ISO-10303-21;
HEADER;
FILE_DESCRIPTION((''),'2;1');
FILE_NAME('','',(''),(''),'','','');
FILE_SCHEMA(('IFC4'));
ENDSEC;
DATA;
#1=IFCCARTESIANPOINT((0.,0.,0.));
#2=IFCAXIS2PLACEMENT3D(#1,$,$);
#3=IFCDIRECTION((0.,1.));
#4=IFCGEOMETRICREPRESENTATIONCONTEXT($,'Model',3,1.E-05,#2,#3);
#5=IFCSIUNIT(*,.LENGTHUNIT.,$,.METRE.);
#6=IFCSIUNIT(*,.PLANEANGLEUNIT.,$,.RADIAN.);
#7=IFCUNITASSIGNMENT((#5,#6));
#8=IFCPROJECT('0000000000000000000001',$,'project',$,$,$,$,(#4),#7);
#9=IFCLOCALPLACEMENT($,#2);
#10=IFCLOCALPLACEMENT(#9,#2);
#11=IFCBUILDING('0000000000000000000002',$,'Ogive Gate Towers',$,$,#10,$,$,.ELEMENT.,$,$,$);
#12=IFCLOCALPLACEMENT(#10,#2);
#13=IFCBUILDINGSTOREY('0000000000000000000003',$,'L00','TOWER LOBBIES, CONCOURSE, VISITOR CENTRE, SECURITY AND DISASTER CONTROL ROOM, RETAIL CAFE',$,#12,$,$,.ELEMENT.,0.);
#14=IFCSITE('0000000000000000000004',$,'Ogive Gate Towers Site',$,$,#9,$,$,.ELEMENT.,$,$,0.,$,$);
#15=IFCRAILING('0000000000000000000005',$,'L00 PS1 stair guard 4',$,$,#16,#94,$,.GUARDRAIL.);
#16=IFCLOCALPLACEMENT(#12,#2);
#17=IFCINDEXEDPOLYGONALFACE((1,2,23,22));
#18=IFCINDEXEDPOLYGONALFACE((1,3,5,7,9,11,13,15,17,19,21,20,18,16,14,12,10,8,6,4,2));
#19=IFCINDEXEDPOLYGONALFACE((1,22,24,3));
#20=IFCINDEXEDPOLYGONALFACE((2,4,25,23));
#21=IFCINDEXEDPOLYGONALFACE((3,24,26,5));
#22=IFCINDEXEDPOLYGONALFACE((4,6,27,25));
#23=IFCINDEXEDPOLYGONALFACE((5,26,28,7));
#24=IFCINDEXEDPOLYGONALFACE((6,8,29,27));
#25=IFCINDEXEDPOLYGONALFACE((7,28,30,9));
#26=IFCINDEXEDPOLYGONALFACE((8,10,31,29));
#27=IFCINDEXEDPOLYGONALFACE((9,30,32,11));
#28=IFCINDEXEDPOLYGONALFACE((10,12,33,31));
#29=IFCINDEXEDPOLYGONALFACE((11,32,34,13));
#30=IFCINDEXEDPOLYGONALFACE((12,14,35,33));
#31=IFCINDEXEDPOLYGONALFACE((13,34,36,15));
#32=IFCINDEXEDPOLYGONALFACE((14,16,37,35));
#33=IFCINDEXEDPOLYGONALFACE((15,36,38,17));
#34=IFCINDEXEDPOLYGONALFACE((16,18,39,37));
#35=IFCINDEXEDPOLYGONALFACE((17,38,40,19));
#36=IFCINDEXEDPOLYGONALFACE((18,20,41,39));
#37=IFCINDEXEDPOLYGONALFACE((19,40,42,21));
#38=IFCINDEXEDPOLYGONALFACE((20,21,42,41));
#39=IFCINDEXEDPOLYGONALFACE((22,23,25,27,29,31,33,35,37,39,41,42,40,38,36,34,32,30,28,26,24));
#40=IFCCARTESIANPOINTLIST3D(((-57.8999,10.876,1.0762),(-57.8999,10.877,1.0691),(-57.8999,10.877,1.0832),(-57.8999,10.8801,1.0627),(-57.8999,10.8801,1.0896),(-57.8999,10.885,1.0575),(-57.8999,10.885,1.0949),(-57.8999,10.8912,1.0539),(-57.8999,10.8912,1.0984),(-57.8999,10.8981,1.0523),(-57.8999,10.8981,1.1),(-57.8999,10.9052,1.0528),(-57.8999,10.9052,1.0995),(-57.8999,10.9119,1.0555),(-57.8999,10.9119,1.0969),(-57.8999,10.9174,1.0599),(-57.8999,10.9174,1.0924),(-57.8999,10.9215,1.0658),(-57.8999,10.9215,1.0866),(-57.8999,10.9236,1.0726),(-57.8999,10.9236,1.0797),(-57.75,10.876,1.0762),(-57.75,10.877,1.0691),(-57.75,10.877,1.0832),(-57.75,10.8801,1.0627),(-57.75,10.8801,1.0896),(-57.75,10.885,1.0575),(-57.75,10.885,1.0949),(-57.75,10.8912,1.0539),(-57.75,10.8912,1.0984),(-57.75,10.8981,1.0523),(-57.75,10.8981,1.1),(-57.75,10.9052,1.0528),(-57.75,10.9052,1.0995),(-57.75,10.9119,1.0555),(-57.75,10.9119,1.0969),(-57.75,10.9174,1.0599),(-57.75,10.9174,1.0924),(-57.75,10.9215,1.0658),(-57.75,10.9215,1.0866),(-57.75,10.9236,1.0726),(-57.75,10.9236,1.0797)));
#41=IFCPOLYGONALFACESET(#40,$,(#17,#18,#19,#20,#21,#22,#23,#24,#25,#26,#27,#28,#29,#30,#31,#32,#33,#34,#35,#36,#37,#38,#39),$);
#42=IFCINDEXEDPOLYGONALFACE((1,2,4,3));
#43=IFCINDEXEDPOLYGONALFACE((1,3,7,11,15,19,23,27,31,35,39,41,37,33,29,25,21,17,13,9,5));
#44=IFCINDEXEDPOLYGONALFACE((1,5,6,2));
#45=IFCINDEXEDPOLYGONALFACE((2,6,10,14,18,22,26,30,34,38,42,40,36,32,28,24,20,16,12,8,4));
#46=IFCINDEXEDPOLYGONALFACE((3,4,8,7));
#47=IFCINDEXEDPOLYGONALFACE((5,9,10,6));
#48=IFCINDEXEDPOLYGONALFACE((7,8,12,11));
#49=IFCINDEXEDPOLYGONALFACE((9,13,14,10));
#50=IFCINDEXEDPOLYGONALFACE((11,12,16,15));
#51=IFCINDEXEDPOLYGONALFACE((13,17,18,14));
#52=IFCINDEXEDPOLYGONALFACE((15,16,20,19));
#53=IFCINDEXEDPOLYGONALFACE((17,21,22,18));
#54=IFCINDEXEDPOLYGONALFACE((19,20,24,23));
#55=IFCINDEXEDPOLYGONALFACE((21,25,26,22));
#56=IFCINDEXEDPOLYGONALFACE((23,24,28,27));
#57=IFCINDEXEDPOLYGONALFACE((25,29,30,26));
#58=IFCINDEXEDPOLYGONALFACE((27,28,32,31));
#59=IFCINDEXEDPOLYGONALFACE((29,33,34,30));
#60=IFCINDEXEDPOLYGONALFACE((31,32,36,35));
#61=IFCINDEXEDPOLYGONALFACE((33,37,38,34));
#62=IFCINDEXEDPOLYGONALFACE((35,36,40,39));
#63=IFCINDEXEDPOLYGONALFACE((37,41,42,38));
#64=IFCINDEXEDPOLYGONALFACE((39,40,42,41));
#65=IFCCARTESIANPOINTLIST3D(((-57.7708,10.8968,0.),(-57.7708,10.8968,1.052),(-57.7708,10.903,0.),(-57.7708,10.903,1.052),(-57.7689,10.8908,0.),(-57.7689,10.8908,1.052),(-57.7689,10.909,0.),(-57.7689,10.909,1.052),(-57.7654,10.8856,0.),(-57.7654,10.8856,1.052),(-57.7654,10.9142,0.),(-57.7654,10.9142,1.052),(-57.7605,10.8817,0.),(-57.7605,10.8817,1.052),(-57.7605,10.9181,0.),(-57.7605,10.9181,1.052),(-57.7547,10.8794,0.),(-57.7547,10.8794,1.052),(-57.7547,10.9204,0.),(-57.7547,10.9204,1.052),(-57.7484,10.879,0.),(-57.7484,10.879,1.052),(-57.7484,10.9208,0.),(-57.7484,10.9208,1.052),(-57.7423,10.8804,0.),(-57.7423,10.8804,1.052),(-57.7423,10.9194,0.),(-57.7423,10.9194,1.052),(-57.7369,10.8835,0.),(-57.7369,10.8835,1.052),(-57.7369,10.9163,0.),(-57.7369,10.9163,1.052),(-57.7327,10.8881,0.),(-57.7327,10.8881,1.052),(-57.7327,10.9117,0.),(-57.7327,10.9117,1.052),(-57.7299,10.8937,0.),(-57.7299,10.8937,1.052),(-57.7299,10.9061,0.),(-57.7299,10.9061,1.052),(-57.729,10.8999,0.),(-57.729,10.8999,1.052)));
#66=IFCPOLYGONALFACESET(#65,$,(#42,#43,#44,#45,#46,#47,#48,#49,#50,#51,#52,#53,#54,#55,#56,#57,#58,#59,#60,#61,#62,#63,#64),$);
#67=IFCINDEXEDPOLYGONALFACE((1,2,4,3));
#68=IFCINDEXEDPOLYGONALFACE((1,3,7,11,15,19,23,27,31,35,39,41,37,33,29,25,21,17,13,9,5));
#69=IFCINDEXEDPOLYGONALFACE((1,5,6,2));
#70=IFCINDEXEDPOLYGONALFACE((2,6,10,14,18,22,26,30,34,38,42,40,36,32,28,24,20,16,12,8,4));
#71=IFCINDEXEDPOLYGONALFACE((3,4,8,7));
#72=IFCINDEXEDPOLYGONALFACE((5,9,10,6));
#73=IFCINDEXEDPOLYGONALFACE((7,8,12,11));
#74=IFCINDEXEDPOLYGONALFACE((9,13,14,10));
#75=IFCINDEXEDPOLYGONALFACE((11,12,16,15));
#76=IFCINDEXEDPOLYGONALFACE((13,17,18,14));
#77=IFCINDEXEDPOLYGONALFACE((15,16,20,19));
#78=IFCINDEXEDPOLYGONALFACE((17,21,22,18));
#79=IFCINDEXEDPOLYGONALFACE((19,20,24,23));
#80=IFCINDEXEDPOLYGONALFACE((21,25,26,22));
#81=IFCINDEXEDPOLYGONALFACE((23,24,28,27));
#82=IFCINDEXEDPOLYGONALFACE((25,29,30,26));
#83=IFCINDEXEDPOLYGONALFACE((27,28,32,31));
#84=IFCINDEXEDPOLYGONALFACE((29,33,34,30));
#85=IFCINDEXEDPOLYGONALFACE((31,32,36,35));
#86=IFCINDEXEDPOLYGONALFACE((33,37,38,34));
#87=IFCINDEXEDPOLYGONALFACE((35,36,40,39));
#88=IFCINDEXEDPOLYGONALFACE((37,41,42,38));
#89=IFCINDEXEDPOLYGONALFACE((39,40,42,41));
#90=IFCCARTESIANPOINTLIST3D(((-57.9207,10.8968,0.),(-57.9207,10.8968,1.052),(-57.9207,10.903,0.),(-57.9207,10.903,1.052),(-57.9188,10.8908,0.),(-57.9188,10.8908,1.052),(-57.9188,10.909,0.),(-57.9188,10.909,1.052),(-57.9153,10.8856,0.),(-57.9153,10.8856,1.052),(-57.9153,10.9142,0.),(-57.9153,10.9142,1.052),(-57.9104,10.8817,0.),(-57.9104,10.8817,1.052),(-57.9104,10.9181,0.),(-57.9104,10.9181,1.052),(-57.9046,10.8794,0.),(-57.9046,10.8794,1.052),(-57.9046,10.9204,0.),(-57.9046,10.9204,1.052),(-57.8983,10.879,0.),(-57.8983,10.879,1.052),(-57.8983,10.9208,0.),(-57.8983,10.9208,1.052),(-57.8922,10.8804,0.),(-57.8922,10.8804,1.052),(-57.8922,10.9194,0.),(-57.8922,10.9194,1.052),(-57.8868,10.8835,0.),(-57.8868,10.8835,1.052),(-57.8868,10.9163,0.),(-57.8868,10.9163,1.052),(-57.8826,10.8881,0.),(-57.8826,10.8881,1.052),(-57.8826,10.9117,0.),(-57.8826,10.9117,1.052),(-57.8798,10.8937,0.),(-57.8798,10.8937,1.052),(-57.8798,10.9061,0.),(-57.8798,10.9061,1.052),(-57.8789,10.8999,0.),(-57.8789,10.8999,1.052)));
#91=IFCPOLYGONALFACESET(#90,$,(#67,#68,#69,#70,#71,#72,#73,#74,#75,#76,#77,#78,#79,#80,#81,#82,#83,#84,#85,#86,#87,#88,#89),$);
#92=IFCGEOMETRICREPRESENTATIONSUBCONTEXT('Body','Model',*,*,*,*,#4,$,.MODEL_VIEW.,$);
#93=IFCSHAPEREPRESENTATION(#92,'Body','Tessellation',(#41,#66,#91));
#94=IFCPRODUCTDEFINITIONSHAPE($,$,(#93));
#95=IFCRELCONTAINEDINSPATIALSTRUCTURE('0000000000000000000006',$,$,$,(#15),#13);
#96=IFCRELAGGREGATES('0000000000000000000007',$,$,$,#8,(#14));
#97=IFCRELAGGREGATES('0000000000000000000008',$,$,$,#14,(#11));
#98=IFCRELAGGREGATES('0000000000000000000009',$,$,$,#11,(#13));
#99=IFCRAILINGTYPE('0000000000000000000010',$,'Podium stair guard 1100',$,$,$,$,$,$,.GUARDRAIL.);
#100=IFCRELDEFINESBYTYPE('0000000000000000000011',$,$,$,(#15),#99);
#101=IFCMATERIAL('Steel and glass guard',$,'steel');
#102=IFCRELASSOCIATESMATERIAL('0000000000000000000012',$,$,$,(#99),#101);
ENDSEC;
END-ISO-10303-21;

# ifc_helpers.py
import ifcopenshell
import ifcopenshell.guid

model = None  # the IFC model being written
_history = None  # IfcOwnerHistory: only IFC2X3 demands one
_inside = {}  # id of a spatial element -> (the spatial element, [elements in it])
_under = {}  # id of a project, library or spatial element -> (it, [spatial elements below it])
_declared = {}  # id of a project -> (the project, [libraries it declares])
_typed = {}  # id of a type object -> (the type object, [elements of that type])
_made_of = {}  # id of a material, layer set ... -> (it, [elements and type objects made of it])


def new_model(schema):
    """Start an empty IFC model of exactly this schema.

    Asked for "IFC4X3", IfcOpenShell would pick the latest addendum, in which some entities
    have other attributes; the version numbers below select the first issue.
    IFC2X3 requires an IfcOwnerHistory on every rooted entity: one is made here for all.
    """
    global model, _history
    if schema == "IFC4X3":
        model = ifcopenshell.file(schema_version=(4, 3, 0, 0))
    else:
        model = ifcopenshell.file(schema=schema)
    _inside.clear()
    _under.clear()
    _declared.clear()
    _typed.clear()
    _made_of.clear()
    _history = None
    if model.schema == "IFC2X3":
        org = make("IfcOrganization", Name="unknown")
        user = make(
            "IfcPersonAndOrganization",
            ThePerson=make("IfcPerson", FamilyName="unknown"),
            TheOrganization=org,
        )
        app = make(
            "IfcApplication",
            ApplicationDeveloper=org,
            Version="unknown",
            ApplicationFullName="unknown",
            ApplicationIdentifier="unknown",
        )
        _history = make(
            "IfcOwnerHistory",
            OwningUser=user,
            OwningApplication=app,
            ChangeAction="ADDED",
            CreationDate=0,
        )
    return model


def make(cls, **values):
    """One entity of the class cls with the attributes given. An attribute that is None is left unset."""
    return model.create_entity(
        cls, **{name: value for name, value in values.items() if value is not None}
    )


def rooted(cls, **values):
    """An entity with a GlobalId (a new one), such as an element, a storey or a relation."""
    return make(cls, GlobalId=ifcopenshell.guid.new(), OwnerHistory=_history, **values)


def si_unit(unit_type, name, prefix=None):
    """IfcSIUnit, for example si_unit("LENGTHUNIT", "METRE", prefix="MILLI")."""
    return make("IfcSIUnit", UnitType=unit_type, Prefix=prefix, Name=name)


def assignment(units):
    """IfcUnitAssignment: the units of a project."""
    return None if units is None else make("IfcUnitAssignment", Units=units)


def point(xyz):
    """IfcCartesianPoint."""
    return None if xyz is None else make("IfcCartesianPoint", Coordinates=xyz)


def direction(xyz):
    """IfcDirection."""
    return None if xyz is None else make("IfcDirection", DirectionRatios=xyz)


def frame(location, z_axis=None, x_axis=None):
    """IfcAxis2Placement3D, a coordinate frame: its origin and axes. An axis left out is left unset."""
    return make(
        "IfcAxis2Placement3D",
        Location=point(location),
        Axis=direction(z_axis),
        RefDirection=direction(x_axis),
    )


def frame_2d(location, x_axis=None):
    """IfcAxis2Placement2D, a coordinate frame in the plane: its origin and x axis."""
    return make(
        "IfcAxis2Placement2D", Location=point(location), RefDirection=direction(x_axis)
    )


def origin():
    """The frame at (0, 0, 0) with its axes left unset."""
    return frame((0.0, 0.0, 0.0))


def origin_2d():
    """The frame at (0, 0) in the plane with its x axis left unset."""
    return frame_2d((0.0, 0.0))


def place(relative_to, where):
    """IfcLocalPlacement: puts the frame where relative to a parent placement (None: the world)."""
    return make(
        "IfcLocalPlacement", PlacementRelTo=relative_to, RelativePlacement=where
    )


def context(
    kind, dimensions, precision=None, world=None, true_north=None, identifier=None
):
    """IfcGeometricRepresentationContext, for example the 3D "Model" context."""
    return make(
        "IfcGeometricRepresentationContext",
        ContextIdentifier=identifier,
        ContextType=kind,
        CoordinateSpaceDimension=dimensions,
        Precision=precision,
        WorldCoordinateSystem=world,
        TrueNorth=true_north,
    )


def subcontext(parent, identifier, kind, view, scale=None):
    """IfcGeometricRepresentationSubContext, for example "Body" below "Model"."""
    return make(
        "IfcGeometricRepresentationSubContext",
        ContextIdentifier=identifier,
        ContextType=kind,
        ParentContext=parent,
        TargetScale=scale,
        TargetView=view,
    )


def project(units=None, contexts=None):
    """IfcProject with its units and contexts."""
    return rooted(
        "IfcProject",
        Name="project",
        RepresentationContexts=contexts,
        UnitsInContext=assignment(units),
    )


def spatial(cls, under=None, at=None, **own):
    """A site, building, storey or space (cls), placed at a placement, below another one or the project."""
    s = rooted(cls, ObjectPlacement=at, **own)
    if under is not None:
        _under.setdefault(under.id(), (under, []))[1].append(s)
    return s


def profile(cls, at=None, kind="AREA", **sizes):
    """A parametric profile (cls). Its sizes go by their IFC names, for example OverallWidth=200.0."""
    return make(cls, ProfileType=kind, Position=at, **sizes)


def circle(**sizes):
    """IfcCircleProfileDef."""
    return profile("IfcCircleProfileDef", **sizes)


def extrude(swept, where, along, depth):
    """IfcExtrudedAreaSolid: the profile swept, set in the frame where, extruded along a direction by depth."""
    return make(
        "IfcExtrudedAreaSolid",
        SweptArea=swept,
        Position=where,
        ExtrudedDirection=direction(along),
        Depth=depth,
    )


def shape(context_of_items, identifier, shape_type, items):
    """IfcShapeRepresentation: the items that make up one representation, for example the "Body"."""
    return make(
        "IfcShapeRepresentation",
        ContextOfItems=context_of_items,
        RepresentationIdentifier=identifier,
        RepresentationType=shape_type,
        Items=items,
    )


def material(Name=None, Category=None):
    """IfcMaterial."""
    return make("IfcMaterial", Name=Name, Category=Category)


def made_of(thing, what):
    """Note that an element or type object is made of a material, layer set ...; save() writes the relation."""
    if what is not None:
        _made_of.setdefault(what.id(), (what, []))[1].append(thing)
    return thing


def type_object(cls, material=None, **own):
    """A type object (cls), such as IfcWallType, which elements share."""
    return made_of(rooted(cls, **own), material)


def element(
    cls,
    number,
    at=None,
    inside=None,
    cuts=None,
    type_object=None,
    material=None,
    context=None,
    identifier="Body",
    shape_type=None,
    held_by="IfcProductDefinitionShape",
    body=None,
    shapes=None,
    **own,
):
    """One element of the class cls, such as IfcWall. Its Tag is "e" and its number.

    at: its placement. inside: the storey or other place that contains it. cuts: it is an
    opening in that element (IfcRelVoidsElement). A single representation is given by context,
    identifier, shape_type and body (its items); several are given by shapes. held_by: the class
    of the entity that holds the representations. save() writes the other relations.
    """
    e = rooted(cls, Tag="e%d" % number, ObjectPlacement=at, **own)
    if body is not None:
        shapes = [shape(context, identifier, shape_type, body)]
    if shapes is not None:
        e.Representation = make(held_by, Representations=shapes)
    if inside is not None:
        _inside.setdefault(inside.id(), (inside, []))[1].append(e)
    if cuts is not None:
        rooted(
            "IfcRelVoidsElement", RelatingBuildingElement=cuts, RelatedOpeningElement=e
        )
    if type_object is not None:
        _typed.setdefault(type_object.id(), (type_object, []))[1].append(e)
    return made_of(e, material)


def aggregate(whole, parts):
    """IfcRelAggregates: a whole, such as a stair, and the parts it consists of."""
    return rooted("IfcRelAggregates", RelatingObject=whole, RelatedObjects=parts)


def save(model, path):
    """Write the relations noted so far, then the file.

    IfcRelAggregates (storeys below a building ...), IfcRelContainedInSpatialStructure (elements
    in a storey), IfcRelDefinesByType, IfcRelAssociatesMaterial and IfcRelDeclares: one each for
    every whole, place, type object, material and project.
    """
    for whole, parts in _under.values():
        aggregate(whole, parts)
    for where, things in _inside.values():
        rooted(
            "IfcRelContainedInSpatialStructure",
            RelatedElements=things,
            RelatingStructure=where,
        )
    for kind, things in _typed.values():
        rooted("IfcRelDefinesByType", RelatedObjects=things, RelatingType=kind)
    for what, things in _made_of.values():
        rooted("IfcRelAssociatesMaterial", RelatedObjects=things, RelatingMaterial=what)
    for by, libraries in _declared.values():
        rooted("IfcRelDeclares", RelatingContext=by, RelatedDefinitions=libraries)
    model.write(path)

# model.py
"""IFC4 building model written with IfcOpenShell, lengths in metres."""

from ifc_helpers import new_model, si_unit, direction, frame, origin, origin_2d, place, context, subcontext, project, spatial, circle, extrude, material, type_object, element, save


model = new_model("IFC4")

# Units and contexts
model_context = context("Model", 3, precision=1e-05, world=origin(), true_north=direction((0.0, 1.0)))
body_context = subcontext(model_context, "Body", "Model", "MODEL_VIEW")
ifc_project = project(units=[si_unit("LENGTHUNIT", "METRE"), si_unit("PLANEANGLEUNIT", "RADIAN")], contexts=[model_context])

# Site, building, storey
site_placement = place(None, origin())
site = spatial("IfcSite", under=ifc_project, at=site_placement, Name="Ogive Gate Towers Site", CompositionType="ELEMENT", RefElevation=0.0)
building_placement = place(site_placement, origin())
building = spatial("IfcBuilding", under=site, at=building_placement, Name="Ogive Gate Towers", CompositionType="ELEMENT")
storey_placement = place(building_placement, origin())
storey = spatial("IfcBuildingStorey", under=building, at=storey_placement, Name="L00", Description="TOWER LOBBIES, CONCOURSE, VISITOR CENTRE, SECURITY AND DISASTER CONTROL ROOM, RETAIL CAFE", CompositionType="ELEMENT", Elevation=0.0)

# Railing
ifc_material_1 = material(Name="Steel and glass guard", Category="steel")
railing_type_1 = type_object("IfcRailingType", Name="Podium stair guard 1100", PredefinedType="GUARDRAIL", material=ifc_material_1)
railing_1_placement = place(storey_placement, frame((-57.75, 10.8999, 0.0)))
element("IfcRailing", 1, at=railing_1_placement, inside=storey, type_object=railing_type_1, Name="L00 PS1 stair guard 4", PredefinedType="GUARDRAIL", context=body_context, shape_type="SweptSolid", body=[
    extrude(circle(Radius=0.0239, at=origin_2d()), frame((0.0, 0.0, 1.0762), z_axis=(-1.0, 0.0, 0.0), x_axis=(0.0, -1.0, 0.0)), (0.0, 0.0, 1.0), 0.1499),
    extrude(circle(Radius=0.021, at=origin_2d()), origin(), (0.0, 0.0, 1.0), 1.052),
    extrude(circle(Radius=0.021, at=origin_2d()), frame((-0.1499, 0.0, 0.0)), (0.0, 0.0, 1.0), 1.052),
])

save(model, "model.ifc")
